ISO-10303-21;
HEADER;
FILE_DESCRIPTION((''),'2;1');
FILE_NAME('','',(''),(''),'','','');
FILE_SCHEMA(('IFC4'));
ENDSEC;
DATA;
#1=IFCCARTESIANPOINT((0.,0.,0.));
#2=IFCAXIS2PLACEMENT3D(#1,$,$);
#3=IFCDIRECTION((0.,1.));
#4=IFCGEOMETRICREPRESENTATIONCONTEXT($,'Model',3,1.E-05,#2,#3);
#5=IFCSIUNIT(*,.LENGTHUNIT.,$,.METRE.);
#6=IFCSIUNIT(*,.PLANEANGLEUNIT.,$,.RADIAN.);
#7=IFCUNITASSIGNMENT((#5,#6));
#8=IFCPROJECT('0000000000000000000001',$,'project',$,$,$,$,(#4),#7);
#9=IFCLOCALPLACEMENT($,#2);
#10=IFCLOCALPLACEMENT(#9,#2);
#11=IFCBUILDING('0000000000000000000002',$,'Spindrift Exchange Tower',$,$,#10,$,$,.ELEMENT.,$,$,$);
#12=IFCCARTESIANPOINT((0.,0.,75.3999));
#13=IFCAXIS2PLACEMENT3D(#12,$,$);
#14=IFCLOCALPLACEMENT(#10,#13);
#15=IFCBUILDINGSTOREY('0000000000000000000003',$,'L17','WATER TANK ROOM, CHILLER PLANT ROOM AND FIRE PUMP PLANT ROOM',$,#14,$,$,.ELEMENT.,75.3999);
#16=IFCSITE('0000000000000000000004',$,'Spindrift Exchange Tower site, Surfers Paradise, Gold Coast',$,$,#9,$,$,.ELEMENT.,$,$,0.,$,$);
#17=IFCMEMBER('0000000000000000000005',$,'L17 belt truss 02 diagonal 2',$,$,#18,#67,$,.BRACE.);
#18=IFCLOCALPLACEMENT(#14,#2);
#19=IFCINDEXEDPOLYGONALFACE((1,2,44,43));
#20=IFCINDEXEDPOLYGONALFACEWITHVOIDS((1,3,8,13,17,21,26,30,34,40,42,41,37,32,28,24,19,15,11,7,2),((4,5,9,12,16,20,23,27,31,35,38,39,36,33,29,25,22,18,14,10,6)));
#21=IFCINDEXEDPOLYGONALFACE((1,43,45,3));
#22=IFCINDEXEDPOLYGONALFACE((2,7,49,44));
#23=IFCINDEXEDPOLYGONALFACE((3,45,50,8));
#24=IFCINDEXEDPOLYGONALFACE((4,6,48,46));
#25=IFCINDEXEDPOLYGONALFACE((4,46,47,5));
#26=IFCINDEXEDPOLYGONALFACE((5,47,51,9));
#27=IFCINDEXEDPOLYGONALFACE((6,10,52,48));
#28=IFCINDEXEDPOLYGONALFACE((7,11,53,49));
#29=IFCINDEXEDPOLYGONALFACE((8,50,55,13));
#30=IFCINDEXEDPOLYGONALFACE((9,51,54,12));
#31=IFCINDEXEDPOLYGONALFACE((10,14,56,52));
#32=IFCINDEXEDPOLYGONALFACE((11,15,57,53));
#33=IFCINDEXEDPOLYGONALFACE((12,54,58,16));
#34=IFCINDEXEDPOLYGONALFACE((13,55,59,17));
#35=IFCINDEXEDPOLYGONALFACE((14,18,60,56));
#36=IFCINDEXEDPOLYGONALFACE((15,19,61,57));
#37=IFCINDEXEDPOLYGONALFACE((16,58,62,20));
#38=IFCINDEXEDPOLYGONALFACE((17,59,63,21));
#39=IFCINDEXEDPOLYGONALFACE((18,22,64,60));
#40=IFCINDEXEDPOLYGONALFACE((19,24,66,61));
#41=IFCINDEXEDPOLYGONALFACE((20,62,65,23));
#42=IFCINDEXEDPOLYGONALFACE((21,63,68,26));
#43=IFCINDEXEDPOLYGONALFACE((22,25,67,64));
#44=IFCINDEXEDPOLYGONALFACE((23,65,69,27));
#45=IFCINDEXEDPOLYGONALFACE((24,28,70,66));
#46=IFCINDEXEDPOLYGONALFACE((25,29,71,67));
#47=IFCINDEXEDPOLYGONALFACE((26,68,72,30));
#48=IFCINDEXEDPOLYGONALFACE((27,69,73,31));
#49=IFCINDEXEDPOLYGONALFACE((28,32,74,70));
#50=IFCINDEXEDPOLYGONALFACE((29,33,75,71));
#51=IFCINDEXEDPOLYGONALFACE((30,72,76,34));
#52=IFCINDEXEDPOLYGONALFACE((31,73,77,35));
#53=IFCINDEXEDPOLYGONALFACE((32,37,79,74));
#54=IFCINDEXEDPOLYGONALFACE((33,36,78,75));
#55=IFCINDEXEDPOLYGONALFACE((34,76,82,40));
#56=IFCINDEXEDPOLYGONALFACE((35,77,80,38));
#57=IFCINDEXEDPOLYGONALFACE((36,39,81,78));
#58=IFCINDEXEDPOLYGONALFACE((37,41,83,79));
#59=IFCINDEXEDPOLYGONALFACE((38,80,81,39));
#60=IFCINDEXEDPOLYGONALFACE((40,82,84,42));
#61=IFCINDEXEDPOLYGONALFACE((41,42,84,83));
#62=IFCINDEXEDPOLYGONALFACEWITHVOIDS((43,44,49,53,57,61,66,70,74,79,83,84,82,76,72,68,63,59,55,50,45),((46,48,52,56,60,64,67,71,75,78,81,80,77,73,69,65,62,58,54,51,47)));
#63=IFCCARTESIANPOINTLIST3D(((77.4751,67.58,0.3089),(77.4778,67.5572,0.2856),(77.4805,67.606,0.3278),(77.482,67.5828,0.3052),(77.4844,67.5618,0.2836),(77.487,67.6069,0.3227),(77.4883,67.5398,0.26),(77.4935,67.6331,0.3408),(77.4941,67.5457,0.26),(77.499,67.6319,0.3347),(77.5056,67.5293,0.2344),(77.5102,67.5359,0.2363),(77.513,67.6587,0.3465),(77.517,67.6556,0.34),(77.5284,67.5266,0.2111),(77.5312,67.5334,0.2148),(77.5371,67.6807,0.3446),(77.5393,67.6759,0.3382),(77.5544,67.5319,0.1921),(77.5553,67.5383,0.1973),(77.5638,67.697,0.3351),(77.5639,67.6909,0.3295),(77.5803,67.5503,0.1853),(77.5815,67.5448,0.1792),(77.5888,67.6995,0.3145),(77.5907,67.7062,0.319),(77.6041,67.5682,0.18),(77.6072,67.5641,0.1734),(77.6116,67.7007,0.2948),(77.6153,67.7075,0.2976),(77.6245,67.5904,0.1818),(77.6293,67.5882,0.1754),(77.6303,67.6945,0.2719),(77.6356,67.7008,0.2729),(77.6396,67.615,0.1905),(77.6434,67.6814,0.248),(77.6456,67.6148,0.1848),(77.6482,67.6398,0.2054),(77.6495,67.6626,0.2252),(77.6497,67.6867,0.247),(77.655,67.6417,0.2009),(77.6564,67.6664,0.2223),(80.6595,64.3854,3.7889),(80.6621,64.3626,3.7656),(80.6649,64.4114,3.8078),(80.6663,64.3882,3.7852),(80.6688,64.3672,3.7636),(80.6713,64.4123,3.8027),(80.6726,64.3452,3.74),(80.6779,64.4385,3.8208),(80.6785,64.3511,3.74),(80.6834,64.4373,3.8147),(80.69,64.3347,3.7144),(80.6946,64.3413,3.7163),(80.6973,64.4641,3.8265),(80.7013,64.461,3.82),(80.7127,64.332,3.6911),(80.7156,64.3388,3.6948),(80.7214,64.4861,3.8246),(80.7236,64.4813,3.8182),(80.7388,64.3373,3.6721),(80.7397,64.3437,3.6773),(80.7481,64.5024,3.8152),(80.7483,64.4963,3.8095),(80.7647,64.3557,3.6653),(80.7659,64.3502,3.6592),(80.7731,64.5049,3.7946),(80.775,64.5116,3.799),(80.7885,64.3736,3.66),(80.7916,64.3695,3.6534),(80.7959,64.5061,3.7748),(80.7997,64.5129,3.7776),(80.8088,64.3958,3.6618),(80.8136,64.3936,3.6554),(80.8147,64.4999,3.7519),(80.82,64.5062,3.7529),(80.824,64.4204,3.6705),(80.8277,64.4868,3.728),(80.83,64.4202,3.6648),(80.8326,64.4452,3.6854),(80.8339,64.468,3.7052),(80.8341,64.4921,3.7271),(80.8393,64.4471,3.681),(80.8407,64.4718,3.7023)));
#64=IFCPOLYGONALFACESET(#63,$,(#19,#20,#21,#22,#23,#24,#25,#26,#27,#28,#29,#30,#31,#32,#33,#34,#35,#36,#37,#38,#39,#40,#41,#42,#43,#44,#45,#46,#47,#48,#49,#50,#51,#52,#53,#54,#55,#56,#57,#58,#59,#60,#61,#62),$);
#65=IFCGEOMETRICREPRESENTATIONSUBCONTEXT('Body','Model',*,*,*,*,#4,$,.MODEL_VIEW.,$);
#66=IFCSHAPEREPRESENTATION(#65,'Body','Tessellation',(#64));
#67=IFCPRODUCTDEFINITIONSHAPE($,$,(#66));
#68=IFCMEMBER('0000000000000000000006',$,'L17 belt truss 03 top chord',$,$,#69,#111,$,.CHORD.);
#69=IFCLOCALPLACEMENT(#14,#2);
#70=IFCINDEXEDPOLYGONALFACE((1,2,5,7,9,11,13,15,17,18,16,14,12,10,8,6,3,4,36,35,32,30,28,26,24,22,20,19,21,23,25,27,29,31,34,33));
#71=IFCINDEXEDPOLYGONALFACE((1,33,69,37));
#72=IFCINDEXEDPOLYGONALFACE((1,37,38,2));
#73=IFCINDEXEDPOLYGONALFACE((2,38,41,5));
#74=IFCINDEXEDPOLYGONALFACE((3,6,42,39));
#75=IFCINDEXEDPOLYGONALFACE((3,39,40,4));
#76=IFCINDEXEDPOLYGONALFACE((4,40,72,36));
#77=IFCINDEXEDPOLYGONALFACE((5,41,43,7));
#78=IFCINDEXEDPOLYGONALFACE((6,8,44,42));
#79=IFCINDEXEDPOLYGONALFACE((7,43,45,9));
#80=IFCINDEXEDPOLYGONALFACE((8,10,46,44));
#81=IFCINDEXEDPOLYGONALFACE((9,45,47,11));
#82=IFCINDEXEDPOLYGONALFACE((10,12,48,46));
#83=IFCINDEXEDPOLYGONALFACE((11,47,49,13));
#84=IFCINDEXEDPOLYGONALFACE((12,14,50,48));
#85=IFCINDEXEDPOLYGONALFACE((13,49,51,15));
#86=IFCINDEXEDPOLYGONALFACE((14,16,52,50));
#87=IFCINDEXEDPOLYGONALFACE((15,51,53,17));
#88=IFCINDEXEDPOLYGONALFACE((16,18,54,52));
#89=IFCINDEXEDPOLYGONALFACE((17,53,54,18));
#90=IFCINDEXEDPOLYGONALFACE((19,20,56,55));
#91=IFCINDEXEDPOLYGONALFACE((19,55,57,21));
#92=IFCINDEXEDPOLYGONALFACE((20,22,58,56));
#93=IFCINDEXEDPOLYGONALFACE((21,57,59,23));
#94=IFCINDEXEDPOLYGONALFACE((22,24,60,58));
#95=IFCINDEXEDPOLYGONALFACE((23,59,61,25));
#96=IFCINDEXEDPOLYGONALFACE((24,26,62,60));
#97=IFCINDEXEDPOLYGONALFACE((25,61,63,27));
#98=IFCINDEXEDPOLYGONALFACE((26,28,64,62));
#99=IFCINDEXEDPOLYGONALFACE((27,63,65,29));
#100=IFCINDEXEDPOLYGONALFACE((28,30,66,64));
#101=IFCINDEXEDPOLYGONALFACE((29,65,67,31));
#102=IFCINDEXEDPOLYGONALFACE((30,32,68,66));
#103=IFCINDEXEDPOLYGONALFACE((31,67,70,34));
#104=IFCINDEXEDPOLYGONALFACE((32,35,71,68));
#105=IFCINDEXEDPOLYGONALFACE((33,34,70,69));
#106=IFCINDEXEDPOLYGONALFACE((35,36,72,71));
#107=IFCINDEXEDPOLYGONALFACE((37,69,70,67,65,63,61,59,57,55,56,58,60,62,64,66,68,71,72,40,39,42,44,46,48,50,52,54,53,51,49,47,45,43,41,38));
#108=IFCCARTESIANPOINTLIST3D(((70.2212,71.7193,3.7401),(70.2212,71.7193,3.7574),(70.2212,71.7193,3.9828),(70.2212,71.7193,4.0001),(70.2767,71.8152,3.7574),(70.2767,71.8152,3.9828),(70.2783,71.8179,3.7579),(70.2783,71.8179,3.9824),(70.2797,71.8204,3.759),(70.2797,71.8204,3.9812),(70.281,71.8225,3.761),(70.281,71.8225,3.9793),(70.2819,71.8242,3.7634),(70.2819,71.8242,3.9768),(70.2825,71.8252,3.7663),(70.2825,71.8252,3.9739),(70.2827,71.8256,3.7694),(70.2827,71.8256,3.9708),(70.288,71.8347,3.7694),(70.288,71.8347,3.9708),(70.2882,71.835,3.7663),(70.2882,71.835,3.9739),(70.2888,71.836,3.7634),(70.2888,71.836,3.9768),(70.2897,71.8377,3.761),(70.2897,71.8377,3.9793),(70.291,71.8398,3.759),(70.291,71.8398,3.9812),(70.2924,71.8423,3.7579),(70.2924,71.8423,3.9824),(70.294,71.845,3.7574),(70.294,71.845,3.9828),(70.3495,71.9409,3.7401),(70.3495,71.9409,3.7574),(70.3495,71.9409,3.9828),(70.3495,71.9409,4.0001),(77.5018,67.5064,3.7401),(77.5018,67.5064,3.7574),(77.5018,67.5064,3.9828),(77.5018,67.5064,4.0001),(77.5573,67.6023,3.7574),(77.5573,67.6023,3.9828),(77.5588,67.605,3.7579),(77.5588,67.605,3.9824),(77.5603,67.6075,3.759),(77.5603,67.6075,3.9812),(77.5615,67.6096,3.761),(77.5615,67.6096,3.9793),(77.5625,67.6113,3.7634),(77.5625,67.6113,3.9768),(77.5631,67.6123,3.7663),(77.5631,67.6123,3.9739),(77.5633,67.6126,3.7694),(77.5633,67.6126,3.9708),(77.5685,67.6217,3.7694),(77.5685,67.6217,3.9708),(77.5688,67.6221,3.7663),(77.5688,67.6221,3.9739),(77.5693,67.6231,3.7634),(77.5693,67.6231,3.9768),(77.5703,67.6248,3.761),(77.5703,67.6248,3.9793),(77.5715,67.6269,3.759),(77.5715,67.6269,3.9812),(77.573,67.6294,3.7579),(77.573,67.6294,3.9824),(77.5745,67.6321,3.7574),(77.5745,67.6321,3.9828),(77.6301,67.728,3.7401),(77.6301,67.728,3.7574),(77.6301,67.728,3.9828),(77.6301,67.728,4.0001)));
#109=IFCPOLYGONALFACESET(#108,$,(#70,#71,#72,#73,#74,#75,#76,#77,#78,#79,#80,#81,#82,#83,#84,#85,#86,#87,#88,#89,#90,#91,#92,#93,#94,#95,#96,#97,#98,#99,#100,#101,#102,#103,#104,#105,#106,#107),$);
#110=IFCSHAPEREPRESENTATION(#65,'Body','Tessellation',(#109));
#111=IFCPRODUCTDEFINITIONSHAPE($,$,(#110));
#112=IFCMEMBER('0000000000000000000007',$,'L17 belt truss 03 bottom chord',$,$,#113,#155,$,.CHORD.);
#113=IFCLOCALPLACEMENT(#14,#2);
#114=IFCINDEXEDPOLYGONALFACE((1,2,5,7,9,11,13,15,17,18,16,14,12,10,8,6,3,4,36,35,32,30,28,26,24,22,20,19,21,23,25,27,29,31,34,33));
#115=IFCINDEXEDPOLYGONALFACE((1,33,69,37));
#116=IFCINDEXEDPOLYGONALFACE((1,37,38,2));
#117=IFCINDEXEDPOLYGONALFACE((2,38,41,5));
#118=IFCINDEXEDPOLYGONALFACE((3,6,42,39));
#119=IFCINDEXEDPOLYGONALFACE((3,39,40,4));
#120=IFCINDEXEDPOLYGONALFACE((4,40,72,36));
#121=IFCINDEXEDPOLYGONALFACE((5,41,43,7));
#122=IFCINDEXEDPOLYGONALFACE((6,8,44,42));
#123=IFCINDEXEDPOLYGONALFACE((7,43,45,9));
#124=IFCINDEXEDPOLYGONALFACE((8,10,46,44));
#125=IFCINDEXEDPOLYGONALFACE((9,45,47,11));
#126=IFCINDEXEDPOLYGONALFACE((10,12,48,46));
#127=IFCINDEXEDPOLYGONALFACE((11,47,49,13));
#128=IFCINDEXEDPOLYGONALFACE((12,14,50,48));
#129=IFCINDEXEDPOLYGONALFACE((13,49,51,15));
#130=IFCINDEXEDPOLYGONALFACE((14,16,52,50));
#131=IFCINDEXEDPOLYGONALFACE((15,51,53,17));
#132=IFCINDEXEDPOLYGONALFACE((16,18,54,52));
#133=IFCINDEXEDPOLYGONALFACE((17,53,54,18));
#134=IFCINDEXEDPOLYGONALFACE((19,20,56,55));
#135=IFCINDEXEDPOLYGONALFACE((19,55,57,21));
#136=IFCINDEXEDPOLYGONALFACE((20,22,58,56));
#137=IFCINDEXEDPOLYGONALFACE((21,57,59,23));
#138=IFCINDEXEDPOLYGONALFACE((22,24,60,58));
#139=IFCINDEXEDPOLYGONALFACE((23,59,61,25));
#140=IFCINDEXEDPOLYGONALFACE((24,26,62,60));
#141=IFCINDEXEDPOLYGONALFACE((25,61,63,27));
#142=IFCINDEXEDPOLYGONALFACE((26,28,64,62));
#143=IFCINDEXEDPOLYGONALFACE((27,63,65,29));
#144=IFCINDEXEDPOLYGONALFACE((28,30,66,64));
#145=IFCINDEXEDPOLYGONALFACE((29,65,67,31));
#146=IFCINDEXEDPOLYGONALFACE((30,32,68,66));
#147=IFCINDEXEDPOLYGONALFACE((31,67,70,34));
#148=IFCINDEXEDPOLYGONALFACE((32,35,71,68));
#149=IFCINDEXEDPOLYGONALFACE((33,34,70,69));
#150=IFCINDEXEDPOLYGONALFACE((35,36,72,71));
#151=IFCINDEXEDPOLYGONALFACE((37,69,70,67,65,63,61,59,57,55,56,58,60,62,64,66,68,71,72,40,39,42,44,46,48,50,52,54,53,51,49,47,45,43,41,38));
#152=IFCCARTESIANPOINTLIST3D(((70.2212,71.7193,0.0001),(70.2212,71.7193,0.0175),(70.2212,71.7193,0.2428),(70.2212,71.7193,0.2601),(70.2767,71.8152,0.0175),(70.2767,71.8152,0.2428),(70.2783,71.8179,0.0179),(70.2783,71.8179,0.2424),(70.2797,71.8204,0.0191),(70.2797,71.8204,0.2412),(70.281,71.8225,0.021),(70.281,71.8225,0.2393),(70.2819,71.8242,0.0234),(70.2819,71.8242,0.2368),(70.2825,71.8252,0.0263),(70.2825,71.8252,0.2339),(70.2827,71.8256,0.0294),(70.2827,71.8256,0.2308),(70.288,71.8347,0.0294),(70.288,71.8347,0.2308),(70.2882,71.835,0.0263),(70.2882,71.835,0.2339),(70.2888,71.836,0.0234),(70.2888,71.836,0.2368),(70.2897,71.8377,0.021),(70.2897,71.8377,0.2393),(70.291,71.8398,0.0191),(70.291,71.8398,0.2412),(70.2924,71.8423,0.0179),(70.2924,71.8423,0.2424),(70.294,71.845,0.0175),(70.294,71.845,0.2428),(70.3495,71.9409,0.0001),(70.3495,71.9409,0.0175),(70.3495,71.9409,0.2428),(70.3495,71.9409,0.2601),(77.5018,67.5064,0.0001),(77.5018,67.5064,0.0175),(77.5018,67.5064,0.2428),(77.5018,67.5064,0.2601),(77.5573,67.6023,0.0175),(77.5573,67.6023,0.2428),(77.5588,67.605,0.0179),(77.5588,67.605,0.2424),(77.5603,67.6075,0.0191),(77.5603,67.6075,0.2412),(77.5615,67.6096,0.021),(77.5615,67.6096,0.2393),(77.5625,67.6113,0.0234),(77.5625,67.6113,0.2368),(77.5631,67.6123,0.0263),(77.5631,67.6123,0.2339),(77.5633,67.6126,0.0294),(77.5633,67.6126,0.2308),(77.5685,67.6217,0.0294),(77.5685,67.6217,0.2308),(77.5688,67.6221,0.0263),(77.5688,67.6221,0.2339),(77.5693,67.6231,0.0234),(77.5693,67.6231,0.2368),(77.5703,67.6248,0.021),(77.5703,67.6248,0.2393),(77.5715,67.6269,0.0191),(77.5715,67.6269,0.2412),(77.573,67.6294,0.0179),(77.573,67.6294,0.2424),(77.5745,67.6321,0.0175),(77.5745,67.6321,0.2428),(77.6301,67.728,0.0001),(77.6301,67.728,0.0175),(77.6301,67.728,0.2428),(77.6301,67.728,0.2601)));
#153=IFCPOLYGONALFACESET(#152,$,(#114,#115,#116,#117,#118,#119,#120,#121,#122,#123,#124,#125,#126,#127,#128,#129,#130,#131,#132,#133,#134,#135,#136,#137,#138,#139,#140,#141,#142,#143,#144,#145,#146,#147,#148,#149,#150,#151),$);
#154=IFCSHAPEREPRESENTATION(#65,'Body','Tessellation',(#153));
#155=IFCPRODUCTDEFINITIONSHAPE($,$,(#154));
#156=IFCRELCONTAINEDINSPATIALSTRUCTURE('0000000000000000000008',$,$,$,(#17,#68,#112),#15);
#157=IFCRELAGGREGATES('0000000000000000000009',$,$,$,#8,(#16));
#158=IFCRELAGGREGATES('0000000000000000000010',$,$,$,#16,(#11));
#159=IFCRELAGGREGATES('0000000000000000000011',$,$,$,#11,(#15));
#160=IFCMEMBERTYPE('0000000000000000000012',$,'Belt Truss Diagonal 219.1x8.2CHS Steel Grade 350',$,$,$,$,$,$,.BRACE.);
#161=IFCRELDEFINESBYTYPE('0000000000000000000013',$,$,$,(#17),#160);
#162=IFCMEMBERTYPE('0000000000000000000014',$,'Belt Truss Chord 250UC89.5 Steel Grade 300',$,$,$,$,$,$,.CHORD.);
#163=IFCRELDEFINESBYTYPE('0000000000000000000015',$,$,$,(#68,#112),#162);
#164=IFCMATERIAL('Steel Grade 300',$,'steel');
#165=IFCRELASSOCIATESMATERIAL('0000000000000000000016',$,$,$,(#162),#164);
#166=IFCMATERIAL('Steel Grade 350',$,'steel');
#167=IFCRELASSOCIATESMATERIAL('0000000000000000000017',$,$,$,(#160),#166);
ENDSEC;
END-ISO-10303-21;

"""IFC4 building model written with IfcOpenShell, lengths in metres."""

from ifc_helpers import new_model, si_unit, direction, frame, origin, origin_2d, place, context, subcontext, project, spatial, hollow_circle, i_section, extrude, source, transform, mapped, material, material_profile, profile_set, type_object, element, save


model = new_model("IFC4")

# Units and contexts
model_context = context("Model", 3, precision=1e-05, world=origin(), true_north=direction((0.0, 1.0)))
body_context = subcontext(model_context, "Body", "Model", "MODEL_VIEW")
ifc_project = project(units=[si_unit("LENGTHUNIT", "METRE"), si_unit("PLANEANGLEUNIT", "RADIAN")], contexts=[model_context])

# Site, building, storey
site_placement = place(None, origin())
site = spatial("IfcSite", under=ifc_project, at=site_placement, Name="Spindrift Exchange Tower site, Surfers Paradise, Gold Coast", CompositionType="ELEMENT", RefElevation=0.0)
building_placement = place(site_placement, origin())
building = spatial("IfcBuilding", under=site, at=building_placement, Name="Spindrift Exchange Tower", CompositionType="ELEMENT")
storey_placement = place(building_placement, frame((0.0, 0.0, 75.3999)))
storey = spatial("IfcBuildingStorey", under=building, at=storey_placement, Name="L17", Description="WATER TANK ROOM, CHILLER PLANT ROOM AND FIRE PUMP PLANT ROOM", CompositionType="ELEMENT", Elevation=75.3999)

# Shared definitions
ifc_material_1 = material(Name="Steel Grade 300", Category="steel")

# Members
ifc_material_profile_1 = material_profile(ifc_material_1, i_section(OverallWidth=0.2561, OverallDepth=0.26, WebThickness=0.0105, FlangeThickness=0.0173, FilletRadius=0.012, at=origin_2d()), Name="250UC89.5")
ifc_profile_set_1 = profile_set([ifc_material_profile_1], Name="Steel Grade 300")
member_type_1 = type_object("IfcMemberType", Name="Belt Truss Chord 250UC89.5 Steel Grade 300", PredefinedType="CHORD", material=ifc_profile_set_1)
ifc_material_2 = material(Name="Steel Grade 350", Category="steel")
ifc_material_profile_2 = material_profile(ifc_material_2, hollow_circle(Radius=0.1096, WallThickness=0.0083, at=origin_2d()), Name="219.1x8.2CHS")
ifc_profile_set_2 = profile_set([ifc_material_profile_2], Name="Steel Grade 350")
member_type_2 = type_object("IfcMemberType", Name="Belt Truss Diagonal 219.1x8.2CHS Steel Grade 350", PredefinedType="BRACE", material=ifc_profile_set_2)
shared_shape_1 = source(origin(), body_context, "Body", "SweptSolid", [
    extrude(hollow_circle(Radius=0.1096, WallThickness=0.0083, at=origin_2d()), origin(), (0.0, 0.0, 1.0), 5.697),
])
member_1_placement = place(storey_placement, frame((80.7502, 64.4226, 3.74), z_axis=(-0.55895, 0.56075, -0.610847), x_axis=(-0.708243, -0.705969, 0.0)))
element("IfcMember", 1, at=member_1_placement, inside=storey, type_object=member_type_2, Name="L17 belt truss 02 diagonal 2", PredefinedType="BRACE", context=body_context, shape_type="MappedRepresentation", body=[
    mapped(shared_shape_1, transform((0.0, 0.0, 0.0), scale=1.0)),
])
shared_shape_2 = source(origin(), body_context, "Body", "SweptSolid", [
    extrude(i_section(OverallWidth=0.2561, OverallDepth=0.26, WebThickness=0.0105, FlangeThickness=0.0173, FilletRadius=0.012, at=origin_2d()), origin(), (0.0, 0.0, 1.0), 8.4116),
])
for number, where, z_axis, x_axis, name in (
    (2, (77.5659, 67.6172, 3.8701), (-0.865537, 0.500845, 0.0), (-0.500845, -0.865537, 0.0), "L17 belt truss 03 top chord"),
    (3, (77.5659, 67.6172, 0.1301), (-0.865537, 0.500845, 0.0), (-0.500845, -0.865537, 0.0), "L17 belt truss 03 bottom chord"),
):
    element("IfcMember", number, at=place(storey_placement, frame(where, z_axis=z_axis, x_axis=x_axis)), inside=storey, type_object=member_type_1, Name=name, PredefinedType="CHORD", context=body_context, shape_type="MappedRepresentation", body=[
        mapped(shared_shape_2, transform((0.0, 0.0, 0.0), scale=1.0)),
    ])

save(model, "model.ifc")
